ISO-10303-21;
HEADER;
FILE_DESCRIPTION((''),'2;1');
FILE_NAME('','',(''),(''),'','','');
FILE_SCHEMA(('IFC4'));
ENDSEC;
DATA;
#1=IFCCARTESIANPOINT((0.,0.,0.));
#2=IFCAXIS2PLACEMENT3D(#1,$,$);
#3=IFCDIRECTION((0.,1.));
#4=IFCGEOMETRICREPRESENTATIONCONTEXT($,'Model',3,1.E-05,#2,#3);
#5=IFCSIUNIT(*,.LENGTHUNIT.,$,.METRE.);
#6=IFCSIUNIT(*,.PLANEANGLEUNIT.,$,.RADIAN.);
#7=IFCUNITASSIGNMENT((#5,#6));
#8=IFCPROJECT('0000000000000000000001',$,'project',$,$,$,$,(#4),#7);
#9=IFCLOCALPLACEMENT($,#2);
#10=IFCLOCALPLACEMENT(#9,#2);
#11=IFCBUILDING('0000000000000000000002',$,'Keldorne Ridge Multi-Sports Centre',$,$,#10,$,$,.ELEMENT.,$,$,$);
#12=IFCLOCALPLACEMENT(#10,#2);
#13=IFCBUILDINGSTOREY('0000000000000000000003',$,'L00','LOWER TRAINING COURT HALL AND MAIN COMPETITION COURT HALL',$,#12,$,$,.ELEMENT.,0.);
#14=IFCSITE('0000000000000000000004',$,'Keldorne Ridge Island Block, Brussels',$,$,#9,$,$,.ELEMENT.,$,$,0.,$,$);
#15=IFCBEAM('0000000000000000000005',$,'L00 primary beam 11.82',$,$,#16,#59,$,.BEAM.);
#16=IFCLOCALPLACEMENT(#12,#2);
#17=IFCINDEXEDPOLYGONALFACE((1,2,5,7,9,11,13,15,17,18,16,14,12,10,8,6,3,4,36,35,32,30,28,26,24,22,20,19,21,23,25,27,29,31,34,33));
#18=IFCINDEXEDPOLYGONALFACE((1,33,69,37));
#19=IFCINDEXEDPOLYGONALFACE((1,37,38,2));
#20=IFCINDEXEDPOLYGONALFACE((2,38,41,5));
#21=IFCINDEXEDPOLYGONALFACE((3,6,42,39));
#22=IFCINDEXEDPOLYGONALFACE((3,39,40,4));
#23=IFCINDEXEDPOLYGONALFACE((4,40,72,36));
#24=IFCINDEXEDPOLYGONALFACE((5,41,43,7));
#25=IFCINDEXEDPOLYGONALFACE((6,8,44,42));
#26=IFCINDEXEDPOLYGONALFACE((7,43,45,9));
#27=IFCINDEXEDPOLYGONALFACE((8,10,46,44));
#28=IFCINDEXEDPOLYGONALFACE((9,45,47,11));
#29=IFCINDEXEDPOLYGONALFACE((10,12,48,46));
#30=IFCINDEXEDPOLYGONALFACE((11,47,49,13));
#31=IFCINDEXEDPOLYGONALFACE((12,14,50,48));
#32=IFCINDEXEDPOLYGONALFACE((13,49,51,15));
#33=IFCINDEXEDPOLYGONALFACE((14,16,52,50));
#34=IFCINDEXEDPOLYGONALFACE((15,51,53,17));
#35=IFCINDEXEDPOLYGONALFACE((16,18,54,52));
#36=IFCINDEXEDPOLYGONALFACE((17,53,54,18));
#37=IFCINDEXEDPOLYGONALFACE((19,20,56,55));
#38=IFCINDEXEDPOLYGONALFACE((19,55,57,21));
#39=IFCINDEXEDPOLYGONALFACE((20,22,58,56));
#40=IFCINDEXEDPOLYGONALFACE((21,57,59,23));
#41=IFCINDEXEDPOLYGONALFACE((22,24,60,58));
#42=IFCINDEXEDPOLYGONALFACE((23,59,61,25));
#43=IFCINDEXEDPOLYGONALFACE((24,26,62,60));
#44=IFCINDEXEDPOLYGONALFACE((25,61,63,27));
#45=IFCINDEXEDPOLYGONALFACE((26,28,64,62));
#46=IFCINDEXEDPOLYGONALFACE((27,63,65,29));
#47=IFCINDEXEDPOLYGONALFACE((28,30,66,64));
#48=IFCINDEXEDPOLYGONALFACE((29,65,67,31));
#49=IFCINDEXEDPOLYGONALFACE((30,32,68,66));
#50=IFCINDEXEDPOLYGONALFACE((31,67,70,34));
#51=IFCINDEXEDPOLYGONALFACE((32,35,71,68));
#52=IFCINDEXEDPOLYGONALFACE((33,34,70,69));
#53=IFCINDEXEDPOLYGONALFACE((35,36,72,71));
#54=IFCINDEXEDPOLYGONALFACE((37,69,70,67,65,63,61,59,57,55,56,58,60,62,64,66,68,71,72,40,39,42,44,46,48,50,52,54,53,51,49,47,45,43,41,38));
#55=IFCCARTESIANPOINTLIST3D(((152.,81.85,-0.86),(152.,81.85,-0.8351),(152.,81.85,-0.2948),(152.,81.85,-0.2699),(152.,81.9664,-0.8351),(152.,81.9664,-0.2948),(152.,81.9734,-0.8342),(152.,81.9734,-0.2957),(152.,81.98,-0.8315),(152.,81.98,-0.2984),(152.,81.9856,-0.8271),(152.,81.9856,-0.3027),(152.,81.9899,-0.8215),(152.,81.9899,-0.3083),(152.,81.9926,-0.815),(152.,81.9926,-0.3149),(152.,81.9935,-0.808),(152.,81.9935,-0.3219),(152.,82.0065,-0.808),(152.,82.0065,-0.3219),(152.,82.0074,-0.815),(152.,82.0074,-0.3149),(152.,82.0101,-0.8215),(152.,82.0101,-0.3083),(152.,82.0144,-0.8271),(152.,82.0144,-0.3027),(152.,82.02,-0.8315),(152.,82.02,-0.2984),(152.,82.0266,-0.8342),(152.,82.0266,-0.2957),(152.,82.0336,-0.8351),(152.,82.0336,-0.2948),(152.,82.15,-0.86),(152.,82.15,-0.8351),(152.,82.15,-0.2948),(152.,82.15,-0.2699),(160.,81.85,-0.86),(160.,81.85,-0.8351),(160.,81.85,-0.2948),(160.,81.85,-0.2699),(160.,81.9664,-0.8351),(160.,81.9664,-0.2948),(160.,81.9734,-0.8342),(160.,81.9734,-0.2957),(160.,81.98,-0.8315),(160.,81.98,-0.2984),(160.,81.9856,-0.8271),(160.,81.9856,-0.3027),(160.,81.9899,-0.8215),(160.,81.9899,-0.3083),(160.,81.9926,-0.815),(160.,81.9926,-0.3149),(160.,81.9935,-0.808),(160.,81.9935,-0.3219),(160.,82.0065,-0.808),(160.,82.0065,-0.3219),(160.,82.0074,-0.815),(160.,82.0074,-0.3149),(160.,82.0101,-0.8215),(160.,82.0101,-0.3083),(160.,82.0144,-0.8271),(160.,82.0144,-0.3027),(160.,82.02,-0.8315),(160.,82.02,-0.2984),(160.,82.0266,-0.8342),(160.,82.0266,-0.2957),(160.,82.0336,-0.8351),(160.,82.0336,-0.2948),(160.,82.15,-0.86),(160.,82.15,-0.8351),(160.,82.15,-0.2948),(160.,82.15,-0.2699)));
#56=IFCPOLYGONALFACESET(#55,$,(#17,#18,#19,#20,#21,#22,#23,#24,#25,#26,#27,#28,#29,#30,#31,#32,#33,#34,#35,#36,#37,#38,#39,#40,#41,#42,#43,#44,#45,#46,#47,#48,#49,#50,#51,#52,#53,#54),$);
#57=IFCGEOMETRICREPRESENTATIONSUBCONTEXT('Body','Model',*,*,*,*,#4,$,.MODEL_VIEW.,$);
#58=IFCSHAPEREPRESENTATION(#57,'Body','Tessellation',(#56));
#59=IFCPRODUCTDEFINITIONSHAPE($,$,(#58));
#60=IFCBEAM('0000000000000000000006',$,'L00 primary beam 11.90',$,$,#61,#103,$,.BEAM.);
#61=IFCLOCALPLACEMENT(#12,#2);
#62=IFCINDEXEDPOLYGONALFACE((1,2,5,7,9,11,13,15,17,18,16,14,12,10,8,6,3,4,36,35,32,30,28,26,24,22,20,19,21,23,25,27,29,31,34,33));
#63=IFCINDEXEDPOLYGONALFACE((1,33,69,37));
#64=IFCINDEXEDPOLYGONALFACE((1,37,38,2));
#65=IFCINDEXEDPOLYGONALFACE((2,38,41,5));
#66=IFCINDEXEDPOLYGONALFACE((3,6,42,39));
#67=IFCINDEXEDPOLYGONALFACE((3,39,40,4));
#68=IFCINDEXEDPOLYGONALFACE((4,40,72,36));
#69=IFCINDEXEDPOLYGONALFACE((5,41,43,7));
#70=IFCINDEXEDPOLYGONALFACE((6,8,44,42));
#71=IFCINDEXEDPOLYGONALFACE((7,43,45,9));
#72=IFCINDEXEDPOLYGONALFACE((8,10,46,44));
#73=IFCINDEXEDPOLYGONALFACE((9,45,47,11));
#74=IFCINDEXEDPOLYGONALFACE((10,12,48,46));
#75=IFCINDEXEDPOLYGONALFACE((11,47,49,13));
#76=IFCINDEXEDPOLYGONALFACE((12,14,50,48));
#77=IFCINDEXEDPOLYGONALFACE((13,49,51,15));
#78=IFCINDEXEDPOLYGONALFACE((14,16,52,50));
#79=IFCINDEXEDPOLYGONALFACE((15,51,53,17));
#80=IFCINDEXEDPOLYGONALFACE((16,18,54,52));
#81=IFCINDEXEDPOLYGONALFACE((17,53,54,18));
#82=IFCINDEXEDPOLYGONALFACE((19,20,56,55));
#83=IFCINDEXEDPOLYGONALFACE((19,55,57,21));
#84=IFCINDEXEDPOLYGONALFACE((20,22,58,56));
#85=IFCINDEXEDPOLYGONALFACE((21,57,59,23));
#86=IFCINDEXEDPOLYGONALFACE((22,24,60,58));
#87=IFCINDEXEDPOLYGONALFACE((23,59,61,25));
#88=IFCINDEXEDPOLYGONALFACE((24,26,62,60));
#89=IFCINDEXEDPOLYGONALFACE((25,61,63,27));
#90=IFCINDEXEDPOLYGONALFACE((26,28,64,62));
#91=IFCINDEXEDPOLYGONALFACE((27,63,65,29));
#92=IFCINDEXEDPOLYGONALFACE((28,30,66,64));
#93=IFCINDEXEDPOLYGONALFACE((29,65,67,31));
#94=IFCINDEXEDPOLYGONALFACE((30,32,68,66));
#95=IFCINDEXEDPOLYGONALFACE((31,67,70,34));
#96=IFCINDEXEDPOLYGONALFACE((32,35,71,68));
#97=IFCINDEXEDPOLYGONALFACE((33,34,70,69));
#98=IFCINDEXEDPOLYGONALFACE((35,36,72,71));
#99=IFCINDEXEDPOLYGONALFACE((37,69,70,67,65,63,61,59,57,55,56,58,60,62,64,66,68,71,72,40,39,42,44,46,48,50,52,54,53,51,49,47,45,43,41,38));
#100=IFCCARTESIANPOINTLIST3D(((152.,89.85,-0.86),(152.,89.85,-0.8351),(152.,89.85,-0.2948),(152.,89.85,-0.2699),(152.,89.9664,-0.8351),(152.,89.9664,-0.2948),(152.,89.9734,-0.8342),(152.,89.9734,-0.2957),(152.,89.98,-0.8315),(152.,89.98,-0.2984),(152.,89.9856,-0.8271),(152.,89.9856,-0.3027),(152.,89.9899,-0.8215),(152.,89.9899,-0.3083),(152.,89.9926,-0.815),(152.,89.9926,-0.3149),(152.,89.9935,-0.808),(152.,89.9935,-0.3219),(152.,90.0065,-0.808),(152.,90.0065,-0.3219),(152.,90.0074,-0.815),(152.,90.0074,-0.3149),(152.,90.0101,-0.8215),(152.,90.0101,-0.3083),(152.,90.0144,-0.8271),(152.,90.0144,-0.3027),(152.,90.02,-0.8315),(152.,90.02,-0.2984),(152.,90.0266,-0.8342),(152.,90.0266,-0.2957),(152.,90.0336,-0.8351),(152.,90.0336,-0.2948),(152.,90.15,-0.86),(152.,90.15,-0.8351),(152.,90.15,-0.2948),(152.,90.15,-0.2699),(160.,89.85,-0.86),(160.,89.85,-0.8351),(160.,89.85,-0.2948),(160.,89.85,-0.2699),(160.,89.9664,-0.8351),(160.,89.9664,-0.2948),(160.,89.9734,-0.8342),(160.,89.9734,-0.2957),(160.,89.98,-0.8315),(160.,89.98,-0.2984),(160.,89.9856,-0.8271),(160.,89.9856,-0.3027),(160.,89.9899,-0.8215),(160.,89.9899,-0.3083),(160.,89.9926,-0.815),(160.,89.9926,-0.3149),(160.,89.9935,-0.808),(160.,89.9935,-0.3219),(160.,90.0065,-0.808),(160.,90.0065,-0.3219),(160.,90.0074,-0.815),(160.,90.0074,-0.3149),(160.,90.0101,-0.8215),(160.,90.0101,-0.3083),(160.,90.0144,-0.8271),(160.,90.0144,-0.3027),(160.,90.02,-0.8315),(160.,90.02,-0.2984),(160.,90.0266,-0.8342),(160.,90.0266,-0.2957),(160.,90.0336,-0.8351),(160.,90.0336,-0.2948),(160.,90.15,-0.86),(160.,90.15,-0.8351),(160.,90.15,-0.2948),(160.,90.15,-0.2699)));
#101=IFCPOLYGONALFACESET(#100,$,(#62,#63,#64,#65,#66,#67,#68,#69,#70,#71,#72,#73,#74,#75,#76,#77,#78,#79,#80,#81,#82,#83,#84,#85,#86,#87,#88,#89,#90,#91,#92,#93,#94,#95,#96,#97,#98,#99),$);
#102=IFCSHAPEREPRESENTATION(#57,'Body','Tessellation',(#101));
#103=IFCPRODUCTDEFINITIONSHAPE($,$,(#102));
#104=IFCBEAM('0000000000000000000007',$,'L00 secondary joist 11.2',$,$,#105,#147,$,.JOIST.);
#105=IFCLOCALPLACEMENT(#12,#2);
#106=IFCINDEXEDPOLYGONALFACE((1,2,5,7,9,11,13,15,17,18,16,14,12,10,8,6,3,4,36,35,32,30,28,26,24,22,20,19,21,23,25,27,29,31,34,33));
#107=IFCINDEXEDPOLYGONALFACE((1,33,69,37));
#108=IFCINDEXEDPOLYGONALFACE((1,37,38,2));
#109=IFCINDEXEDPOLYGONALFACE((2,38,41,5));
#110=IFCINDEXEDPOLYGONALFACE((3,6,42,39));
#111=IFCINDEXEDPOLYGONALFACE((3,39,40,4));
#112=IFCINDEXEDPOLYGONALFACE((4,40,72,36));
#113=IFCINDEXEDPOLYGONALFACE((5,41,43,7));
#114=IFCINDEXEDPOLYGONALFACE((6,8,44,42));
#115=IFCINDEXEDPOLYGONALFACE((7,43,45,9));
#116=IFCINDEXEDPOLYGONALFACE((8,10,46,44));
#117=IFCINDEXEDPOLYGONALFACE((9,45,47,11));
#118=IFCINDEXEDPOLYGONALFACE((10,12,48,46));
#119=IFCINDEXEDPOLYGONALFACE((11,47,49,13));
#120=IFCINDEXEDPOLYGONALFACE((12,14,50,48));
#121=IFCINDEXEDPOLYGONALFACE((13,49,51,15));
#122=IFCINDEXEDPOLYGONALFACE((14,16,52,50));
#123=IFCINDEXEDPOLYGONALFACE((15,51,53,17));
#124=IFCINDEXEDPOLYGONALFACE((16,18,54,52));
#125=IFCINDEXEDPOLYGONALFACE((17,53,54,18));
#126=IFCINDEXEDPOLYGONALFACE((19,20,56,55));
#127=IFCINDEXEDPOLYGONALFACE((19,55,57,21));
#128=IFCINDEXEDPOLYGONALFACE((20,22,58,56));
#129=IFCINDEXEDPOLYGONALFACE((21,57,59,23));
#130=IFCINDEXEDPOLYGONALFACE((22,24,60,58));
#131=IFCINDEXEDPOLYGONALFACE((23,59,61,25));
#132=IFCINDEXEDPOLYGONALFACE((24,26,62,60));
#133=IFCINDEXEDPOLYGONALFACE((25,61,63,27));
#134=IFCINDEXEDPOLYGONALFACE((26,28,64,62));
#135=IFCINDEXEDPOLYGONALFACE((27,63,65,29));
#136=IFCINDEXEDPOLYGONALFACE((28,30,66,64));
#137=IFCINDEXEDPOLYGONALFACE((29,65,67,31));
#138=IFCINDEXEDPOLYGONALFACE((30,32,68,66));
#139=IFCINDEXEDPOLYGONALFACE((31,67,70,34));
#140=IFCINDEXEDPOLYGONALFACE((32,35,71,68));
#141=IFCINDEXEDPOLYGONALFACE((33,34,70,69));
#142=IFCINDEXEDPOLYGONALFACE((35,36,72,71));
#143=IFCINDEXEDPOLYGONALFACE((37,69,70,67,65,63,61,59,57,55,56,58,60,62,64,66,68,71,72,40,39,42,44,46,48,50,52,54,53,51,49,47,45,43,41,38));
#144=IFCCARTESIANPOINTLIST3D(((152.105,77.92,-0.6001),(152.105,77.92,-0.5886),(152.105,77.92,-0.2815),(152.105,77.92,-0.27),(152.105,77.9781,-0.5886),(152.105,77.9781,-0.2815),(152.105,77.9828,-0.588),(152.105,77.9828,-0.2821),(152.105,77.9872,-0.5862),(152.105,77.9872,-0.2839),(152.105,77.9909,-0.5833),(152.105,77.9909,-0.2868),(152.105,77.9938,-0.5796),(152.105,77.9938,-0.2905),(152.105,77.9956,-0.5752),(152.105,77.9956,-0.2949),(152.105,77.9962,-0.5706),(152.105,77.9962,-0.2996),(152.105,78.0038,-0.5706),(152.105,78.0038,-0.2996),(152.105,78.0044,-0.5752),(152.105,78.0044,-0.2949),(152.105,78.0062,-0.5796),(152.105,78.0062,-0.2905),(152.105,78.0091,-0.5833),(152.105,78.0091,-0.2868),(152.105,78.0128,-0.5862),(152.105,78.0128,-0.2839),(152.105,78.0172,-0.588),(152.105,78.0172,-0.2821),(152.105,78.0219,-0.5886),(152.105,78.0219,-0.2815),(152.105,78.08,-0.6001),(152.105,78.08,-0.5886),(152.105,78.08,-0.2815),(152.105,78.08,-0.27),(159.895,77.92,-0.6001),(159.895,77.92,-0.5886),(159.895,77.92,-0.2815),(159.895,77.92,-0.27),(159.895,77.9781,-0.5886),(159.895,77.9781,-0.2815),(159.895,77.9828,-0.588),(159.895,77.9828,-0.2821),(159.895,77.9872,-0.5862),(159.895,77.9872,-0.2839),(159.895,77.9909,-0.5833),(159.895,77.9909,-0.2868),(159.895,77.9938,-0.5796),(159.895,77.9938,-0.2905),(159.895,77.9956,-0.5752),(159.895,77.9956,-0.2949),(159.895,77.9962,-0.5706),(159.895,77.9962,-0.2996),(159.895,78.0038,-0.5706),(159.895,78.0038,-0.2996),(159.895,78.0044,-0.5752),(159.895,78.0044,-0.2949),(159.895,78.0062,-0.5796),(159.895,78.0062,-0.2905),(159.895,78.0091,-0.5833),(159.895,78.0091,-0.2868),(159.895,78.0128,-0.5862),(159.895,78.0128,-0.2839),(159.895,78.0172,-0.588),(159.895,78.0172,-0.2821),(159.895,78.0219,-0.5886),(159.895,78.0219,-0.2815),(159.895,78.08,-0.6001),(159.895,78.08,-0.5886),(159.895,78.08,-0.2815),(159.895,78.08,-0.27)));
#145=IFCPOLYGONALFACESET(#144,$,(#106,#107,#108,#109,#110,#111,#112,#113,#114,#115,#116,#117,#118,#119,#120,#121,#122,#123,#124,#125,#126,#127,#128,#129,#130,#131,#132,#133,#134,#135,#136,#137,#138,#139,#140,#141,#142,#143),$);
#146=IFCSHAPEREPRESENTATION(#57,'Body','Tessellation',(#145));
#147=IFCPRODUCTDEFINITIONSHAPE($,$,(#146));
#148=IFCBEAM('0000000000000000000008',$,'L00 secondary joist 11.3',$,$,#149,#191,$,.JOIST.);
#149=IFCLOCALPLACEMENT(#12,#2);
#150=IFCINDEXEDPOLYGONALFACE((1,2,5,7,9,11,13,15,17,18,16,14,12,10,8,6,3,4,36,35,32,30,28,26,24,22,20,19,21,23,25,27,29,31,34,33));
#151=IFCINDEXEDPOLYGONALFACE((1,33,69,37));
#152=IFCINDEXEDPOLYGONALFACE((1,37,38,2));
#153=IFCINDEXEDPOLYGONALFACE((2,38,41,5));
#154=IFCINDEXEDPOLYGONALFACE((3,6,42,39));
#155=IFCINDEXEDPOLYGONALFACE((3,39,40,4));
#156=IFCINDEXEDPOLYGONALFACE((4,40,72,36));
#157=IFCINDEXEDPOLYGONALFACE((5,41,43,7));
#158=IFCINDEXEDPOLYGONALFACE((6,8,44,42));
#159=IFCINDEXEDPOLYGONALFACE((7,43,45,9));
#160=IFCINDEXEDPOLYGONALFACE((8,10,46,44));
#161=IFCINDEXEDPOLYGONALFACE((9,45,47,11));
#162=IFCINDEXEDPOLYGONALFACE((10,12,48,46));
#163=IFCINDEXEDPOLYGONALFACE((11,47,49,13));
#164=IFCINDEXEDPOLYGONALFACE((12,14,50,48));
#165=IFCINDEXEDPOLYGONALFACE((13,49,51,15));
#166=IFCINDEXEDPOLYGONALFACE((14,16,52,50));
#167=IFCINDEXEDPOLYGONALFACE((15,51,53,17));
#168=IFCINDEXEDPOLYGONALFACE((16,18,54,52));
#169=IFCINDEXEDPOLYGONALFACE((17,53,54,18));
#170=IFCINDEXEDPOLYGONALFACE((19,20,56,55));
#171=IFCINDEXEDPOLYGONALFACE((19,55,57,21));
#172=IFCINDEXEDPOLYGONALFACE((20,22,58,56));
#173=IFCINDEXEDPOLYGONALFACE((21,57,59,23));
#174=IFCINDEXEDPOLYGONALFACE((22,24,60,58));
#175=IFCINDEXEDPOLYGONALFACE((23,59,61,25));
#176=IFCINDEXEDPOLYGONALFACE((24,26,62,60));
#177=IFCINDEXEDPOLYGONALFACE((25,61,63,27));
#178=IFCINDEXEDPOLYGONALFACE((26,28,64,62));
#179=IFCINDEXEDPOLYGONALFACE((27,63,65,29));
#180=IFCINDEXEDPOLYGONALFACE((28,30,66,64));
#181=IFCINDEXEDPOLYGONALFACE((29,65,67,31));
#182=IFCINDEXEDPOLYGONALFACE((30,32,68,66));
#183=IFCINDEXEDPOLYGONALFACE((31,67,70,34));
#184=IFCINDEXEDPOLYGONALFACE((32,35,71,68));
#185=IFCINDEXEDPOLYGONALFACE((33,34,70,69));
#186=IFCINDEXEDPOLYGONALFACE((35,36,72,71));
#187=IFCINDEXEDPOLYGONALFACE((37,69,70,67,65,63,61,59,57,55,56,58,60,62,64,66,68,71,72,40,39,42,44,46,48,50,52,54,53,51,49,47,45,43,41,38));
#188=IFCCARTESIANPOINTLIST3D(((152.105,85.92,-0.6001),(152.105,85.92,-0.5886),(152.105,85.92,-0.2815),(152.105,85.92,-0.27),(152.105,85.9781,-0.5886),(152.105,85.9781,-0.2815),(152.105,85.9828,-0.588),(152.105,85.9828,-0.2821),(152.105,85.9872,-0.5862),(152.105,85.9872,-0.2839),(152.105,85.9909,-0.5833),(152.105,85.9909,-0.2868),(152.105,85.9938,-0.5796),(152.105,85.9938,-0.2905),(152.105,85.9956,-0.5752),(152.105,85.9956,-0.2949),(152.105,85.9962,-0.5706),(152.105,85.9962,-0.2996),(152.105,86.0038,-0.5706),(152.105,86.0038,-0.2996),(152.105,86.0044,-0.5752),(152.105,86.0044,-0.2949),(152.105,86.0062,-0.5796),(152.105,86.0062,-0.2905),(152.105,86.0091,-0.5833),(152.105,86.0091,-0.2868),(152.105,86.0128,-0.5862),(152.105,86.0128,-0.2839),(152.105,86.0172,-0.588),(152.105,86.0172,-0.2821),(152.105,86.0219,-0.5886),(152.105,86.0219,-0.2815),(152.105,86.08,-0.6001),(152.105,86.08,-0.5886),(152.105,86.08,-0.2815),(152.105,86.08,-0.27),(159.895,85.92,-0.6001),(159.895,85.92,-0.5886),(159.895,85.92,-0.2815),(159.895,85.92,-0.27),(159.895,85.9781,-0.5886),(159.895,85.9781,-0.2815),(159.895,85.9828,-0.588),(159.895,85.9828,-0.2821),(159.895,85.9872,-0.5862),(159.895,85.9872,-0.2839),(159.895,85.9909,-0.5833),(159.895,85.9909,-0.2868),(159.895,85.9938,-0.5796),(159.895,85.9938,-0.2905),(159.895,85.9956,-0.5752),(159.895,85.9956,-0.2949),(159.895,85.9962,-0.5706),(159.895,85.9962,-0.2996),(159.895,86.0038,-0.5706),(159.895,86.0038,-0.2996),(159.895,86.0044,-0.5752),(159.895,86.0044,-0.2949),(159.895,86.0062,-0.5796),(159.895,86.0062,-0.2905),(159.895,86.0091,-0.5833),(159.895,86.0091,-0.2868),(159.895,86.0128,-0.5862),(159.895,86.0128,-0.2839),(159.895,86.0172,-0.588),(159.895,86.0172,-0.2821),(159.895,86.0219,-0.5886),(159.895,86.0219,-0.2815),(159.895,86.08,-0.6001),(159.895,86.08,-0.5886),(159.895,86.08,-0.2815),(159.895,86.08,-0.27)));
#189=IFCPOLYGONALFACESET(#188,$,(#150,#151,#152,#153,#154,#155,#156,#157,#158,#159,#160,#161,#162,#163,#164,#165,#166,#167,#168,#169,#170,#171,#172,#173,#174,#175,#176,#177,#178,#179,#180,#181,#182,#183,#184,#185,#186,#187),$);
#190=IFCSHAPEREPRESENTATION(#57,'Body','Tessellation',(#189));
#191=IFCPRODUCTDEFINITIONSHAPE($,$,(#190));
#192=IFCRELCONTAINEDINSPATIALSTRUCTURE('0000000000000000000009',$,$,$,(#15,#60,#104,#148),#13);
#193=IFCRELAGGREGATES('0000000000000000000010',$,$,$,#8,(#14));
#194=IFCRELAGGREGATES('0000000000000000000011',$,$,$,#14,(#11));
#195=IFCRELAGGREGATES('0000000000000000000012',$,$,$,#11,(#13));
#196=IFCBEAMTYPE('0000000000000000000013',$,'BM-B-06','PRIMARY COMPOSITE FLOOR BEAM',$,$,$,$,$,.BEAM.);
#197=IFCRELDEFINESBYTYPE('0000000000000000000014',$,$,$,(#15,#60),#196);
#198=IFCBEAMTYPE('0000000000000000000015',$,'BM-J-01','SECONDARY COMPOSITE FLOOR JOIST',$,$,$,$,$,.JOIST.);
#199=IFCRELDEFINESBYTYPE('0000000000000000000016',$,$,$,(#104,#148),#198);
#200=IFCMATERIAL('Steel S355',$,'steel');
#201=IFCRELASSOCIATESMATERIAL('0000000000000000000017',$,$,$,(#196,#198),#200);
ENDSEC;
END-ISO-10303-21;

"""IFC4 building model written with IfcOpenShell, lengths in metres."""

from ifc_helpers import new_model, si_unit, direction, frame, origin, origin_2d, place, context, subcontext, project, spatial, i_section, extrude, material, material_profile, profile_set, type_object, element, save


model = new_model("IFC4")

# Units and contexts
model_context = context("Model", 3, precision=1e-05, world=origin(), true_north=direction((0.0, 1.0)))
body_context = subcontext(model_context, "Body", "Model", "MODEL_VIEW")
ifc_project = project(units=[si_unit("LENGTHUNIT", "METRE"), si_unit("PLANEANGLEUNIT", "RADIAN")], contexts=[model_context])

# Site, building, storey
site_placement = place(None, origin())
site = spatial("IfcSite", under=ifc_project, at=site_placement, Name="Keldorne Ridge Island Block, Brussels", CompositionType="ELEMENT", RefElevation=0.0)
building_placement = place(site_placement, origin())
building = spatial("IfcBuilding", under=site, at=building_placement, Name="Keldorne Ridge Multi-Sports Centre", CompositionType="ELEMENT")
storey_placement = place(building_placement, origin())
storey = spatial("IfcBuildingStorey", under=building, at=storey_placement, Name="L00", Description="LOWER TRAINING COURT HALL AND MAIN COMPETITION COURT HALL", CompositionType="ELEMENT", Elevation=0.0)

# Shared definitions
ifc_material_1 = material(Name="Steel S355", Category="steel")

# Beams
ifc_material_profile_1 = material_profile(ifc_material_1, i_section(OverallWidth=0.3, OverallDepth=0.5901, WebThickness=0.0129, FlangeThickness=0.0249, FilletRadius=0.0271, at=origin_2d()), Name="HEA 600")
ifc_profile_set_1 = profile_set([ifc_material_profile_1], Name="Steel S355")
beam_type_1 = type_object("IfcBeamType", Name="BM-B-06", Description="PRIMARY COMPOSITE FLOOR BEAM", PredefinedType="BEAM", material=ifc_profile_set_1)
for number, where, z_axis, x_axis, name in (
    (1, (152.0, 82.0, -0.5649), (1.0, 0.0, 0.0), (0.0, 1.0, 0.0), "L00 primary beam 11.82"),
    (2, (152.0, 90.0, -0.5649), (1.0, 0.0, 0.0), (0.0, 1.0, 0.0), "L00 primary beam 11.90"),
):
    element("IfcBeam", number, at=place(storey_placement, frame(where, z_axis=z_axis, x_axis=x_axis)), inside=storey, type_object=beam_type_1, Name=name, PredefinedType="BEAM", context=body_context, shape_type="SweptSolid", body=[
        extrude(i_section(OverallWidth=0.3, OverallDepth=0.5901, WebThickness=0.0129, FlangeThickness=0.0249, FilletRadius=0.0271, at=origin_2d()), origin(), (0.0, 0.0, 1.0), 8.0),
    ])
ifc_material_profile_2 = material_profile(ifc_material_1, i_section(OverallWidth=0.1599, OverallDepth=0.3301, WebThickness=0.0076, FlangeThickness=0.0115, FilletRadius=0.0181, at=origin_2d()), Name="IPE 330")
ifc_profile_set_2 = profile_set([ifc_material_profile_2], Name="Steel S355")
beam_type_2 = type_object("IfcBeamType", Name="BM-J-01", Description="SECONDARY COMPOSITE FLOOR JOIST", PredefinedType="JOIST", material=ifc_profile_set_2)
for number, where, z_axis, x_axis, name in (
    (3, (152.105, 78.0, -0.4351), (1.0, 0.0, 0.0), (0.0, 1.0, 0.0), "L00 secondary joist 11.2"),
    (4, (152.105, 86.0, -0.4351), (1.0, 0.0, 0.0), (0.0, 1.0, 0.0), "L00 secondary joist 11.3"),
):
    element("IfcBeam", number, at=place(storey_placement, frame(where, z_axis=z_axis, x_axis=x_axis)), inside=storey, type_object=beam_type_2, Name=name, PredefinedType="JOIST", context=body_context, shape_type="SweptSolid", body=[
        extrude(i_section(OverallWidth=0.1599, OverallDepth=0.3301, WebThickness=0.0076, FlangeThickness=0.0115, FilletRadius=0.0181, at=origin_2d()), origin(), (0.0, 0.0, 1.0), 7.79),
    ])

save(model, "model.ifc")
